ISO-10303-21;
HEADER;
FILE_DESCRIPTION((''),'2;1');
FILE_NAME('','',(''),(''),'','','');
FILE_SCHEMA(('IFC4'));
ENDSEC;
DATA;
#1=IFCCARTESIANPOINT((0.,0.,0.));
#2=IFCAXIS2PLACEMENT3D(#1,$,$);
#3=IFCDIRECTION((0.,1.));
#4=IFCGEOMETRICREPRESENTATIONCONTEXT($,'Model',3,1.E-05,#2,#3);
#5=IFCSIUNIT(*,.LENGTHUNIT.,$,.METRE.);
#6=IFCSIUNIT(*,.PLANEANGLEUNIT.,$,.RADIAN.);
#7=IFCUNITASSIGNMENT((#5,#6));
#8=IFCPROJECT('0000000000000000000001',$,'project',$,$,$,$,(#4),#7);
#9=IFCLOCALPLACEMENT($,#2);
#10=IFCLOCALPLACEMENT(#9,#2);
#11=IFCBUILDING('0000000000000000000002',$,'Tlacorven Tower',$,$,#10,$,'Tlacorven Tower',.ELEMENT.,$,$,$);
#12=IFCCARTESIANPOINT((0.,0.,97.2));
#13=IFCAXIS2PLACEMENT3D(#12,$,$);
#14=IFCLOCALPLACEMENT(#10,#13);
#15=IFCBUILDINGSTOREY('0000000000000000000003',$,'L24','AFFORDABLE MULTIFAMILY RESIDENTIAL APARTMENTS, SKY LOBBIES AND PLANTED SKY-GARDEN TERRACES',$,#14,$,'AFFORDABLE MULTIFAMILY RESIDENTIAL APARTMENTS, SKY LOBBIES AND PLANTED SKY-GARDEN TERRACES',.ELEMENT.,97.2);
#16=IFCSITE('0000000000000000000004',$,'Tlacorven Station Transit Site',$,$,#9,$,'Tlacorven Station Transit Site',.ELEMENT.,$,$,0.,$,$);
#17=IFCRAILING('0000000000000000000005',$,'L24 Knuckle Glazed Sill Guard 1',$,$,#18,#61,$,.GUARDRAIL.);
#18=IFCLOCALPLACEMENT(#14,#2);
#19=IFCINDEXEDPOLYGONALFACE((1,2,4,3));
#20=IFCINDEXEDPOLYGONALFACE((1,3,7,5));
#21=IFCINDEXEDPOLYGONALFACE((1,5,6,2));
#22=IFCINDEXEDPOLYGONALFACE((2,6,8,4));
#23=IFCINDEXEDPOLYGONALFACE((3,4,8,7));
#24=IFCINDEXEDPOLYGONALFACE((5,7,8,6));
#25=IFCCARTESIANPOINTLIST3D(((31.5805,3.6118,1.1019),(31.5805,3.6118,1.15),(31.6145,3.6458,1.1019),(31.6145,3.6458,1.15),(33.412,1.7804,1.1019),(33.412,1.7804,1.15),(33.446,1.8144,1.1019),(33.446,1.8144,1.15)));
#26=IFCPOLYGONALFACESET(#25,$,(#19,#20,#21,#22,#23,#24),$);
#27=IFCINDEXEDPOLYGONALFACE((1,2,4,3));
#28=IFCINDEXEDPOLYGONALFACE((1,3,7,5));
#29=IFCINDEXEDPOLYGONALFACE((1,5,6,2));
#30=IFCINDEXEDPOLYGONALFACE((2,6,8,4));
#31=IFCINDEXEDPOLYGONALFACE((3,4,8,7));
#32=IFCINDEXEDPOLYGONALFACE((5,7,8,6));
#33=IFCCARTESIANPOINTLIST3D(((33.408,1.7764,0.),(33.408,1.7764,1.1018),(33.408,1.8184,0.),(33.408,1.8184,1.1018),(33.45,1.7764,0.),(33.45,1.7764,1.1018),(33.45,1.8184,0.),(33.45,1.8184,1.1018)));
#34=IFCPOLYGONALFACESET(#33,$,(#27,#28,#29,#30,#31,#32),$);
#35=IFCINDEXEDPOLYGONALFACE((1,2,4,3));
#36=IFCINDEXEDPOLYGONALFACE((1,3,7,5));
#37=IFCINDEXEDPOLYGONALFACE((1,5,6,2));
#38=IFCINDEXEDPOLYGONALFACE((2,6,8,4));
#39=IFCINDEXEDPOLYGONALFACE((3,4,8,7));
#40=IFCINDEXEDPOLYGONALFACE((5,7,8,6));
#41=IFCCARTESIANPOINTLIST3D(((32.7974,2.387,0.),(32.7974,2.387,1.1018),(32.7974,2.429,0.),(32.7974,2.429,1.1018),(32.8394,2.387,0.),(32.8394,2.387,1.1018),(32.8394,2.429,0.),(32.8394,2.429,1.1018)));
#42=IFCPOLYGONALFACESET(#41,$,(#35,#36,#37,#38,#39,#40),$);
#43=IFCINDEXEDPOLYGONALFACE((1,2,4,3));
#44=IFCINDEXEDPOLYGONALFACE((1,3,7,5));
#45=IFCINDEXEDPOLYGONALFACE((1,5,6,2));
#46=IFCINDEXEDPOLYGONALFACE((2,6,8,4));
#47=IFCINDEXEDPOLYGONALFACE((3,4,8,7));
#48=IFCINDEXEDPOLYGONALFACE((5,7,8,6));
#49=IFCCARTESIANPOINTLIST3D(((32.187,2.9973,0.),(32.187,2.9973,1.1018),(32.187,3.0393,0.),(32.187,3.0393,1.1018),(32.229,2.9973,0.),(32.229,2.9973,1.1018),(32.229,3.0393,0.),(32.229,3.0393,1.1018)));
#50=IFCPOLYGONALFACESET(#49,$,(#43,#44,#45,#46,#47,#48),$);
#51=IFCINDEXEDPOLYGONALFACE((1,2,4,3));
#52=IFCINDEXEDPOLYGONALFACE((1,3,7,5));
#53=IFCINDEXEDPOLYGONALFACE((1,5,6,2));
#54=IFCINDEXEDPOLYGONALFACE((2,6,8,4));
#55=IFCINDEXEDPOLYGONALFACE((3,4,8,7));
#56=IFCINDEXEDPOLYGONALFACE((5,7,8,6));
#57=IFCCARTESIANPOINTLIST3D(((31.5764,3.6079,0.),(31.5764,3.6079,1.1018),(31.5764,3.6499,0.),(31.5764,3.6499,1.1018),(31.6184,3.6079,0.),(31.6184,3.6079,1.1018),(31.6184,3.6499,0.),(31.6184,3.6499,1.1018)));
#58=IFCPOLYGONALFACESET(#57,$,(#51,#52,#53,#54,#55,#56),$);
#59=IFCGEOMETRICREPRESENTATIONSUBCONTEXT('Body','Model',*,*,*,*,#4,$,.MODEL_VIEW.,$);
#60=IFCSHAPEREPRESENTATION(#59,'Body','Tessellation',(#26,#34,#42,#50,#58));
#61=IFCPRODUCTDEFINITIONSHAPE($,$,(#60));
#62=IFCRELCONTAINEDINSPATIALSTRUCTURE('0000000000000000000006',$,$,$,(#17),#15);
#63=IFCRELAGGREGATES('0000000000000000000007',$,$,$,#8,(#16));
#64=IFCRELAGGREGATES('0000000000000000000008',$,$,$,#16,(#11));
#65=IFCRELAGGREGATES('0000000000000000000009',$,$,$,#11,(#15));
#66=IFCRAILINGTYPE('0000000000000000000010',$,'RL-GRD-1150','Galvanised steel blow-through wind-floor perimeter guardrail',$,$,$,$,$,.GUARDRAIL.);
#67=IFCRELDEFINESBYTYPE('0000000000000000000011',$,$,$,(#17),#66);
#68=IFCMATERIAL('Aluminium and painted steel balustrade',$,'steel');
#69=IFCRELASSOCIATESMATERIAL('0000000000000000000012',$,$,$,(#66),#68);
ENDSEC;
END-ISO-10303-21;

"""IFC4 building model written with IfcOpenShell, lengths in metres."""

from ifc_helpers import new_model, si_unit, direction, frame, origin, origin_2d, place, context, subcontext, project, spatial, rectangle, extrude, source, transform, mapped, material, type_object, element, save


model = new_model("IFC4")

# Units and contexts
model_context = context("Model", 3, precision=1e-05, world=origin(), true_north=direction((0.0, 1.0)))
body_context = subcontext(model_context, "Body", "Model", "MODEL_VIEW")
ifc_project = project(units=[si_unit("LENGTHUNIT", "METRE"), si_unit("PLANEANGLEUNIT", "RADIAN")], contexts=[model_context])

# Site, building, storey
site_placement = place(None, origin())
site = spatial("IfcSite", under=ifc_project, at=site_placement, Name="Tlacorven Station Transit Site", LongName="Tlacorven Station Transit Site", CompositionType="ELEMENT", RefElevation=0.0)
building_placement = place(site_placement, origin())
building = spatial("IfcBuilding", under=site, at=building_placement, Name="Tlacorven Tower", LongName="Tlacorven Tower", CompositionType="ELEMENT")
storey_placement = place(building_placement, frame((0.0, 0.0, 97.2)))
storey = spatial("IfcBuildingStorey", under=building, at=storey_placement, Name="L24", Description="AFFORDABLE MULTIFAMILY RESIDENTIAL APARTMENTS, SKY LOBBIES AND PLANTED SKY-GARDEN TERRACES", LongName="AFFORDABLE MULTIFAMILY RESIDENTIAL APARTMENTS, SKY LOBBIES AND PLANTED SKY-GARDEN TERRACES", CompositionType="ELEMENT", Elevation=97.2)

# Railing
ifc_material_1 = material(Name="Aluminium and painted steel balustrade", Category="steel")
railing_type = type_object("IfcRailingType", Name="RL-GRD-1150", Description="Galvanised steel blow-through wind-floor perimeter guardrail", PredefinedType="GUARDRAIL", material=ifc_material_1)
shared_shape_1 = source(origin(), body_context, "Body", "SweptSolid", [
    extrude(rectangle(XDim=0.0481, YDim=0.0481, at=origin_2d()), frame((0.0, 0.0, 1.126), z_axis=(-0.707107, 0.707107, 0.0), x_axis=(-0.707107, -0.707107, 0.0)), (0.0, 0.0, 1.0), 2.5901),
    extrude(rectangle(XDim=0.042, YDim=0.042, at=origin_2d()), origin(), (0.0, 0.0, 1.0), 1.1018),
    extrude(rectangle(XDim=0.042, YDim=0.042, at=origin_2d()), frame((-0.6106, 0.6106, 0.0)), (0.0, 0.0, 1.0), 1.1018),
    extrude(rectangle(XDim=0.042, YDim=0.042, at=origin_2d()), frame((-1.2209, 1.2209, 0.0)), (0.0, 0.0, 1.0), 1.1018),
    extrude(rectangle(XDim=0.042, YDim=0.042, at=origin_2d()), frame((-1.8315, 1.8315, 0.0)), (0.0, 0.0, 1.0), 1.1018),
])
railing_placement = place(storey_placement, frame((33.429, 1.7974, 0.0)))
element("IfcRailing", 1, at=railing_placement, inside=storey, type_object=railing_type, Name="L24 Knuckle Glazed Sill Guard 1", PredefinedType="GUARDRAIL", context=body_context, shape_type="MappedRepresentation", body=[
    mapped(shared_shape_1, transform((0.0, 0.0, 0.0), scale=1.0)),
])

save(model, "model.ifc")
